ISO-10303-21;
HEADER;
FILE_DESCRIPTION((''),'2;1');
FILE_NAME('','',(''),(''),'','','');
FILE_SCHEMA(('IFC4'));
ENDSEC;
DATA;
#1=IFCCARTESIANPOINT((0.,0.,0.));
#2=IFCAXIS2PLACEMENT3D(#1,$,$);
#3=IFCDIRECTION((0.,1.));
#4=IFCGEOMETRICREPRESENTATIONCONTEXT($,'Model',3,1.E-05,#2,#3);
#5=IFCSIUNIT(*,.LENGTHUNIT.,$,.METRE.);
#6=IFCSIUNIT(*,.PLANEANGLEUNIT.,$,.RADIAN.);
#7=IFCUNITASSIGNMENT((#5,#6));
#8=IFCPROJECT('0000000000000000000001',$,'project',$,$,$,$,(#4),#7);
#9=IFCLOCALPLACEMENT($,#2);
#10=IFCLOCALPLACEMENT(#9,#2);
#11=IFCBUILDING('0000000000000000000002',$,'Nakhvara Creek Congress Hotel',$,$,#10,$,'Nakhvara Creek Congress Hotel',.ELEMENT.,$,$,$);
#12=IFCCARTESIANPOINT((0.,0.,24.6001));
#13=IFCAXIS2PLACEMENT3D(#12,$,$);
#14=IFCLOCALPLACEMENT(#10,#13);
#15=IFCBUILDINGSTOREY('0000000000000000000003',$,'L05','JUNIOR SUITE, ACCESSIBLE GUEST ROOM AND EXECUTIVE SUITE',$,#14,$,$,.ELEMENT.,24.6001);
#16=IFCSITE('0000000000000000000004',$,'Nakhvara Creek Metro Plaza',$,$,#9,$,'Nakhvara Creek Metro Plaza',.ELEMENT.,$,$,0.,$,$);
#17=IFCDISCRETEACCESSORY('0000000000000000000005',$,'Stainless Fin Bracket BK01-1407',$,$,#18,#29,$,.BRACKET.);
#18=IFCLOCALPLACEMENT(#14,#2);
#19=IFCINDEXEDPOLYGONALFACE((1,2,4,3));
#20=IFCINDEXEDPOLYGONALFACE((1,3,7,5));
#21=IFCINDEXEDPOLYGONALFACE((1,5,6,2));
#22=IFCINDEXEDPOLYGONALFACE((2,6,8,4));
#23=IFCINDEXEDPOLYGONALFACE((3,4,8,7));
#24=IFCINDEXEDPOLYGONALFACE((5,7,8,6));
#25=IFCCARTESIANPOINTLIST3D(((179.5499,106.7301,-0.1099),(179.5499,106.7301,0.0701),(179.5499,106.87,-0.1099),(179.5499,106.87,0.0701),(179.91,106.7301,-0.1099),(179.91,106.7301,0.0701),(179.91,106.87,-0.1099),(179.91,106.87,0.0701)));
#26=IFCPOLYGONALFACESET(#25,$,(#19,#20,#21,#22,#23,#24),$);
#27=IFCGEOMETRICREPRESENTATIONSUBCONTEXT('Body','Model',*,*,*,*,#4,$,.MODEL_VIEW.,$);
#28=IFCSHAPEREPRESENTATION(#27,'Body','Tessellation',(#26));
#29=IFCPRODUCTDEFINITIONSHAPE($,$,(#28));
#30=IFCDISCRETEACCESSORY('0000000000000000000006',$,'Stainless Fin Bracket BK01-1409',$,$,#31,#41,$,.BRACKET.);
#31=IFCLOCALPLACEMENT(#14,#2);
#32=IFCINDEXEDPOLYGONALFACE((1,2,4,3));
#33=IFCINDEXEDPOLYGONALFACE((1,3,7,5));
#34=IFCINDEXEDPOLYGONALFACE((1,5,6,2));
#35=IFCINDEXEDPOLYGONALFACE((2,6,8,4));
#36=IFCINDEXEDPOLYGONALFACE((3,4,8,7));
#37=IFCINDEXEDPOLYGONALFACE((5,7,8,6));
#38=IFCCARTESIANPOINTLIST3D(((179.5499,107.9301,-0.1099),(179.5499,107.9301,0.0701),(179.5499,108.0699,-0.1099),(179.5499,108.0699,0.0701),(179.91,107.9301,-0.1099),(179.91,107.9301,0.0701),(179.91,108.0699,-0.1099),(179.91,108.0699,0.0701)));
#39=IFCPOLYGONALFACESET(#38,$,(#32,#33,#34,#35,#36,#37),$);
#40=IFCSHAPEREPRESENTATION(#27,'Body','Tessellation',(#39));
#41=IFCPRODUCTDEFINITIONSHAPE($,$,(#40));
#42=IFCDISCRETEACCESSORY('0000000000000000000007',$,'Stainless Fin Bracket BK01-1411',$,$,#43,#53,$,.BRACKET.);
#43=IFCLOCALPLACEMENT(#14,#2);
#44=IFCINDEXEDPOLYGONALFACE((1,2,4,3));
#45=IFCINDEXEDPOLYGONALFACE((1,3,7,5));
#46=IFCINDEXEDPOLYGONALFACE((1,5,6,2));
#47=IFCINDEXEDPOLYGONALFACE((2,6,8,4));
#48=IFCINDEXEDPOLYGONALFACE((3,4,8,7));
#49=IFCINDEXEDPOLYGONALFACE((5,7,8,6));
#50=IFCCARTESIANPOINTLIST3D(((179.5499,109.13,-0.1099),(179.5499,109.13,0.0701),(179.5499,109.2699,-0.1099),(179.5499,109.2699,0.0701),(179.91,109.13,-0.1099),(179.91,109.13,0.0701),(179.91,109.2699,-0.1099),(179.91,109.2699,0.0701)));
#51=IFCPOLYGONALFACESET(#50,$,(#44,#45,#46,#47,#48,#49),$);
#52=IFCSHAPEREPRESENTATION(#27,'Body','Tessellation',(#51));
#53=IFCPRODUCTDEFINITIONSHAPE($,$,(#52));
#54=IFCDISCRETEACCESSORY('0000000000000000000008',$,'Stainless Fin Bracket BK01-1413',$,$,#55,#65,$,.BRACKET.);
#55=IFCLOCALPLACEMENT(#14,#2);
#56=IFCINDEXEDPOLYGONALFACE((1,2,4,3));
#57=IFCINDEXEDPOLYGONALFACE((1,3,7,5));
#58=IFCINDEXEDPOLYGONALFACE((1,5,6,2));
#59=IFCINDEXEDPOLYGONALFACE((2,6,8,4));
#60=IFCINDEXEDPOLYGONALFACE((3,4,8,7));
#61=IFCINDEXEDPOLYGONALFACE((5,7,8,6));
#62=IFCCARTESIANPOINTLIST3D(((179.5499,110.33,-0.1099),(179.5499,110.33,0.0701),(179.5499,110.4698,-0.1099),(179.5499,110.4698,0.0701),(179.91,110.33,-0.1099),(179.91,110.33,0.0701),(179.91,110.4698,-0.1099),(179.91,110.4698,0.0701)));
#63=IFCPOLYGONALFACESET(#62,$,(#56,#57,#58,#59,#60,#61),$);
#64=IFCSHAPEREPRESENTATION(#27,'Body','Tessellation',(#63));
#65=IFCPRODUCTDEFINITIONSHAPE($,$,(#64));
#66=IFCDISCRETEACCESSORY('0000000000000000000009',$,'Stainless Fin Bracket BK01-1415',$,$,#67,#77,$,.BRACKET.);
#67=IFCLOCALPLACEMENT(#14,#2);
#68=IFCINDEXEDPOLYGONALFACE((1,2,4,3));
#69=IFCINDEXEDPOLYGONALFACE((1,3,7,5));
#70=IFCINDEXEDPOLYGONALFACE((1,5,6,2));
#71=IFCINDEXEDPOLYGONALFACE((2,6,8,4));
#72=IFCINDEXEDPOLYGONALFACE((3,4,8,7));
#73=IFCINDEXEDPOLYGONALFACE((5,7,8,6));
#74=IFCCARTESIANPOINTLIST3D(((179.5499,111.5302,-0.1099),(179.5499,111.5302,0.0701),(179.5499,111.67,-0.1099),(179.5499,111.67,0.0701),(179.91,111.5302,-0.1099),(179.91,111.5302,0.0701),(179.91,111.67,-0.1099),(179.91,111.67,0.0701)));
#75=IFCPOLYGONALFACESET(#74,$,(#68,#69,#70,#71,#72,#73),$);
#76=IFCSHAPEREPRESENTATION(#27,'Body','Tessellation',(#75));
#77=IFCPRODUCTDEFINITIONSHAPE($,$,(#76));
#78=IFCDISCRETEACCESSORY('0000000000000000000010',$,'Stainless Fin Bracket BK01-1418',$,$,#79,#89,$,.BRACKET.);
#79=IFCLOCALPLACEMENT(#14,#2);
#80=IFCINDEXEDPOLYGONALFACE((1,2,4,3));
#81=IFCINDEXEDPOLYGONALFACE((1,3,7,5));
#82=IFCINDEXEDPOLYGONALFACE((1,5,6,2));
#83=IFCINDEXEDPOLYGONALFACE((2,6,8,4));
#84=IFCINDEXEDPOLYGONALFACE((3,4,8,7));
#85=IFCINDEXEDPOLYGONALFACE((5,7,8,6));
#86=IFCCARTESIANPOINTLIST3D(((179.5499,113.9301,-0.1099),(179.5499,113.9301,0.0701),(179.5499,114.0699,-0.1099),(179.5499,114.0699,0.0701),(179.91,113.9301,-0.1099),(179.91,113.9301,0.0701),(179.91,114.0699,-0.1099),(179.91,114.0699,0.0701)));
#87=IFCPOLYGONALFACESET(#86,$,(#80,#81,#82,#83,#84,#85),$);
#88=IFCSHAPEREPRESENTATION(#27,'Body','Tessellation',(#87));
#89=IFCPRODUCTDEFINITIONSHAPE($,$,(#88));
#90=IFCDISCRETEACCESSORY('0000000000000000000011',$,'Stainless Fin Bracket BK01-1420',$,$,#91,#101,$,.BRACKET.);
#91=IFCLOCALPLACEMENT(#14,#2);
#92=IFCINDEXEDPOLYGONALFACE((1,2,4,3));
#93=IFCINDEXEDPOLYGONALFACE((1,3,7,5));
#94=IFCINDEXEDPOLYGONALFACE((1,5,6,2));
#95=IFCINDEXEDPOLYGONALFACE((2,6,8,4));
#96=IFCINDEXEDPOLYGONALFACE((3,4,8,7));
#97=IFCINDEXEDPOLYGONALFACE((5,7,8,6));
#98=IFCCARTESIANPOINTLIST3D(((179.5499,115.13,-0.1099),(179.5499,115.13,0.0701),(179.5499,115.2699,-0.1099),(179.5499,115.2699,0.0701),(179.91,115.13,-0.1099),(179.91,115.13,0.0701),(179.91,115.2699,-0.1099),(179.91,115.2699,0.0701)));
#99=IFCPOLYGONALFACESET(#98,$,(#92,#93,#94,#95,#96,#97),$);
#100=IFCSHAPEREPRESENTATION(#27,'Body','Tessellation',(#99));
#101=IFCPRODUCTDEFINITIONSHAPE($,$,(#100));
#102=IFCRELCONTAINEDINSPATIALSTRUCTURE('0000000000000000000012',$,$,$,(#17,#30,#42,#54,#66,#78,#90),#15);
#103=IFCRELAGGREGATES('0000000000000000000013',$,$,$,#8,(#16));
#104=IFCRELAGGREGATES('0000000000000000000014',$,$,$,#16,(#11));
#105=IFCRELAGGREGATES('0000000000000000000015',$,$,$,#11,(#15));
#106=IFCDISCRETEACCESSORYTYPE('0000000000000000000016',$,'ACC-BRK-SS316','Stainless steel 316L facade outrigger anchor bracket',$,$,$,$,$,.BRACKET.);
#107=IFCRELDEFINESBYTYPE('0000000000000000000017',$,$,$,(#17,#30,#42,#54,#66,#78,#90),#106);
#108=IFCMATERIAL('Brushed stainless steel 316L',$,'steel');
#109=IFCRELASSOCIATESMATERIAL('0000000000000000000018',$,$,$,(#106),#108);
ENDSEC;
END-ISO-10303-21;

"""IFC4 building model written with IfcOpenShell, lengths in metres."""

from ifc_helpers import new_model, si_unit, direction, frame, origin, origin_2d, place, context, subcontext, project, spatial, rectangle, extrude, material, type_object, element, save


model = new_model("IFC4")

# Units and contexts
model_context = context("Model", 3, precision=1e-05, world=origin(), true_north=direction((0.0, 1.0)))
body_context = subcontext(model_context, "Body", "Model", "MODEL_VIEW")
ifc_project = project(units=[si_unit("LENGTHUNIT", "METRE"), si_unit("PLANEANGLEUNIT", "RADIAN")], contexts=[model_context])

# Site, building, storey
site_placement = place(None, origin())
site = spatial("IfcSite", under=ifc_project, at=site_placement, Name="Nakhvara Creek Metro Plaza", LongName="Nakhvara Creek Metro Plaza", CompositionType="ELEMENT", RefElevation=0.0)
building_placement = place(site_placement, origin())
building = spatial("IfcBuilding", under=site, at=building_placement, Name="Nakhvara Creek Congress Hotel", LongName="Nakhvara Creek Congress Hotel", CompositionType="ELEMENT")
storey_placement = place(building_placement, frame((0.0, 0.0, 24.6001)))
storey = spatial("IfcBuildingStorey", under=building, at=storey_placement, Name="L05", Description="JUNIOR SUITE, ACCESSIBLE GUEST ROOM AND EXECUTIVE SUITE", CompositionType="ELEMENT", Elevation=24.6001)

# Discrete accessories
ifc_material_1 = material(Name="Brushed stainless steel 316L", Category="steel")
discrete_accessory_type = type_object("IfcDiscreteAccessoryType", Name="ACC-BRK-SS316", Description="Stainless steel 316L facade outrigger anchor bracket", PredefinedType="BRACKET", material=ifc_material_1)
for number, where, z_axis, x_axis, name in (
    (1, (179.73, 106.8, -0.1099), (0.0, 0.0, 1.0), (0.0, 1.0, 0.0), "Stainless Fin Bracket BK01-1407"),
    (2, (179.73, 108.0, -0.1099), (0.0, 0.0, 1.0), (0.0, 1.0, 0.0), "Stainless Fin Bracket BK01-1409"),
    (3, (179.73, 109.2, -0.1099), (0.0, 0.0, 1.0), (0.0, 1.0, 0.0), "Stainless Fin Bracket BK01-1411"),
    (4, (179.73, 110.3999, -0.1099), (0.0, 0.0, 1.0), (0.0, 1.0, 0.0), "Stainless Fin Bracket BK01-1413"),
    (5, (179.73, 111.6001, -0.1099), (0.0, 0.0, 1.0), (0.0, 1.0, 0.0), "Stainless Fin Bracket BK01-1415"),
    (6, (179.73, 114.0, -0.1099), (0.0, 0.0, 1.0), (0.0, 1.0, 0.0), "Stainless Fin Bracket BK01-1418"),
    (7, (179.73, 115.2, -0.1099), (0.0, 0.0, 1.0), (0.0, 1.0, 0.0), "Stainless Fin Bracket BK01-1420"),
):
    element("IfcDiscreteAccessory", number, at=place(storey_placement, frame(where, z_axis=z_axis, x_axis=x_axis)), inside=storey, type_object=discrete_accessory_type, Name=name, PredefinedType="BRACKET", context=body_context, shape_type="SweptSolid", body=[
        extrude(rectangle(XDim=0.1399, YDim=0.3601, at=origin_2d()), origin(), (0.0, 0.0, 1.0), 0.1799),
    ])

save(model, "model.ifc")
